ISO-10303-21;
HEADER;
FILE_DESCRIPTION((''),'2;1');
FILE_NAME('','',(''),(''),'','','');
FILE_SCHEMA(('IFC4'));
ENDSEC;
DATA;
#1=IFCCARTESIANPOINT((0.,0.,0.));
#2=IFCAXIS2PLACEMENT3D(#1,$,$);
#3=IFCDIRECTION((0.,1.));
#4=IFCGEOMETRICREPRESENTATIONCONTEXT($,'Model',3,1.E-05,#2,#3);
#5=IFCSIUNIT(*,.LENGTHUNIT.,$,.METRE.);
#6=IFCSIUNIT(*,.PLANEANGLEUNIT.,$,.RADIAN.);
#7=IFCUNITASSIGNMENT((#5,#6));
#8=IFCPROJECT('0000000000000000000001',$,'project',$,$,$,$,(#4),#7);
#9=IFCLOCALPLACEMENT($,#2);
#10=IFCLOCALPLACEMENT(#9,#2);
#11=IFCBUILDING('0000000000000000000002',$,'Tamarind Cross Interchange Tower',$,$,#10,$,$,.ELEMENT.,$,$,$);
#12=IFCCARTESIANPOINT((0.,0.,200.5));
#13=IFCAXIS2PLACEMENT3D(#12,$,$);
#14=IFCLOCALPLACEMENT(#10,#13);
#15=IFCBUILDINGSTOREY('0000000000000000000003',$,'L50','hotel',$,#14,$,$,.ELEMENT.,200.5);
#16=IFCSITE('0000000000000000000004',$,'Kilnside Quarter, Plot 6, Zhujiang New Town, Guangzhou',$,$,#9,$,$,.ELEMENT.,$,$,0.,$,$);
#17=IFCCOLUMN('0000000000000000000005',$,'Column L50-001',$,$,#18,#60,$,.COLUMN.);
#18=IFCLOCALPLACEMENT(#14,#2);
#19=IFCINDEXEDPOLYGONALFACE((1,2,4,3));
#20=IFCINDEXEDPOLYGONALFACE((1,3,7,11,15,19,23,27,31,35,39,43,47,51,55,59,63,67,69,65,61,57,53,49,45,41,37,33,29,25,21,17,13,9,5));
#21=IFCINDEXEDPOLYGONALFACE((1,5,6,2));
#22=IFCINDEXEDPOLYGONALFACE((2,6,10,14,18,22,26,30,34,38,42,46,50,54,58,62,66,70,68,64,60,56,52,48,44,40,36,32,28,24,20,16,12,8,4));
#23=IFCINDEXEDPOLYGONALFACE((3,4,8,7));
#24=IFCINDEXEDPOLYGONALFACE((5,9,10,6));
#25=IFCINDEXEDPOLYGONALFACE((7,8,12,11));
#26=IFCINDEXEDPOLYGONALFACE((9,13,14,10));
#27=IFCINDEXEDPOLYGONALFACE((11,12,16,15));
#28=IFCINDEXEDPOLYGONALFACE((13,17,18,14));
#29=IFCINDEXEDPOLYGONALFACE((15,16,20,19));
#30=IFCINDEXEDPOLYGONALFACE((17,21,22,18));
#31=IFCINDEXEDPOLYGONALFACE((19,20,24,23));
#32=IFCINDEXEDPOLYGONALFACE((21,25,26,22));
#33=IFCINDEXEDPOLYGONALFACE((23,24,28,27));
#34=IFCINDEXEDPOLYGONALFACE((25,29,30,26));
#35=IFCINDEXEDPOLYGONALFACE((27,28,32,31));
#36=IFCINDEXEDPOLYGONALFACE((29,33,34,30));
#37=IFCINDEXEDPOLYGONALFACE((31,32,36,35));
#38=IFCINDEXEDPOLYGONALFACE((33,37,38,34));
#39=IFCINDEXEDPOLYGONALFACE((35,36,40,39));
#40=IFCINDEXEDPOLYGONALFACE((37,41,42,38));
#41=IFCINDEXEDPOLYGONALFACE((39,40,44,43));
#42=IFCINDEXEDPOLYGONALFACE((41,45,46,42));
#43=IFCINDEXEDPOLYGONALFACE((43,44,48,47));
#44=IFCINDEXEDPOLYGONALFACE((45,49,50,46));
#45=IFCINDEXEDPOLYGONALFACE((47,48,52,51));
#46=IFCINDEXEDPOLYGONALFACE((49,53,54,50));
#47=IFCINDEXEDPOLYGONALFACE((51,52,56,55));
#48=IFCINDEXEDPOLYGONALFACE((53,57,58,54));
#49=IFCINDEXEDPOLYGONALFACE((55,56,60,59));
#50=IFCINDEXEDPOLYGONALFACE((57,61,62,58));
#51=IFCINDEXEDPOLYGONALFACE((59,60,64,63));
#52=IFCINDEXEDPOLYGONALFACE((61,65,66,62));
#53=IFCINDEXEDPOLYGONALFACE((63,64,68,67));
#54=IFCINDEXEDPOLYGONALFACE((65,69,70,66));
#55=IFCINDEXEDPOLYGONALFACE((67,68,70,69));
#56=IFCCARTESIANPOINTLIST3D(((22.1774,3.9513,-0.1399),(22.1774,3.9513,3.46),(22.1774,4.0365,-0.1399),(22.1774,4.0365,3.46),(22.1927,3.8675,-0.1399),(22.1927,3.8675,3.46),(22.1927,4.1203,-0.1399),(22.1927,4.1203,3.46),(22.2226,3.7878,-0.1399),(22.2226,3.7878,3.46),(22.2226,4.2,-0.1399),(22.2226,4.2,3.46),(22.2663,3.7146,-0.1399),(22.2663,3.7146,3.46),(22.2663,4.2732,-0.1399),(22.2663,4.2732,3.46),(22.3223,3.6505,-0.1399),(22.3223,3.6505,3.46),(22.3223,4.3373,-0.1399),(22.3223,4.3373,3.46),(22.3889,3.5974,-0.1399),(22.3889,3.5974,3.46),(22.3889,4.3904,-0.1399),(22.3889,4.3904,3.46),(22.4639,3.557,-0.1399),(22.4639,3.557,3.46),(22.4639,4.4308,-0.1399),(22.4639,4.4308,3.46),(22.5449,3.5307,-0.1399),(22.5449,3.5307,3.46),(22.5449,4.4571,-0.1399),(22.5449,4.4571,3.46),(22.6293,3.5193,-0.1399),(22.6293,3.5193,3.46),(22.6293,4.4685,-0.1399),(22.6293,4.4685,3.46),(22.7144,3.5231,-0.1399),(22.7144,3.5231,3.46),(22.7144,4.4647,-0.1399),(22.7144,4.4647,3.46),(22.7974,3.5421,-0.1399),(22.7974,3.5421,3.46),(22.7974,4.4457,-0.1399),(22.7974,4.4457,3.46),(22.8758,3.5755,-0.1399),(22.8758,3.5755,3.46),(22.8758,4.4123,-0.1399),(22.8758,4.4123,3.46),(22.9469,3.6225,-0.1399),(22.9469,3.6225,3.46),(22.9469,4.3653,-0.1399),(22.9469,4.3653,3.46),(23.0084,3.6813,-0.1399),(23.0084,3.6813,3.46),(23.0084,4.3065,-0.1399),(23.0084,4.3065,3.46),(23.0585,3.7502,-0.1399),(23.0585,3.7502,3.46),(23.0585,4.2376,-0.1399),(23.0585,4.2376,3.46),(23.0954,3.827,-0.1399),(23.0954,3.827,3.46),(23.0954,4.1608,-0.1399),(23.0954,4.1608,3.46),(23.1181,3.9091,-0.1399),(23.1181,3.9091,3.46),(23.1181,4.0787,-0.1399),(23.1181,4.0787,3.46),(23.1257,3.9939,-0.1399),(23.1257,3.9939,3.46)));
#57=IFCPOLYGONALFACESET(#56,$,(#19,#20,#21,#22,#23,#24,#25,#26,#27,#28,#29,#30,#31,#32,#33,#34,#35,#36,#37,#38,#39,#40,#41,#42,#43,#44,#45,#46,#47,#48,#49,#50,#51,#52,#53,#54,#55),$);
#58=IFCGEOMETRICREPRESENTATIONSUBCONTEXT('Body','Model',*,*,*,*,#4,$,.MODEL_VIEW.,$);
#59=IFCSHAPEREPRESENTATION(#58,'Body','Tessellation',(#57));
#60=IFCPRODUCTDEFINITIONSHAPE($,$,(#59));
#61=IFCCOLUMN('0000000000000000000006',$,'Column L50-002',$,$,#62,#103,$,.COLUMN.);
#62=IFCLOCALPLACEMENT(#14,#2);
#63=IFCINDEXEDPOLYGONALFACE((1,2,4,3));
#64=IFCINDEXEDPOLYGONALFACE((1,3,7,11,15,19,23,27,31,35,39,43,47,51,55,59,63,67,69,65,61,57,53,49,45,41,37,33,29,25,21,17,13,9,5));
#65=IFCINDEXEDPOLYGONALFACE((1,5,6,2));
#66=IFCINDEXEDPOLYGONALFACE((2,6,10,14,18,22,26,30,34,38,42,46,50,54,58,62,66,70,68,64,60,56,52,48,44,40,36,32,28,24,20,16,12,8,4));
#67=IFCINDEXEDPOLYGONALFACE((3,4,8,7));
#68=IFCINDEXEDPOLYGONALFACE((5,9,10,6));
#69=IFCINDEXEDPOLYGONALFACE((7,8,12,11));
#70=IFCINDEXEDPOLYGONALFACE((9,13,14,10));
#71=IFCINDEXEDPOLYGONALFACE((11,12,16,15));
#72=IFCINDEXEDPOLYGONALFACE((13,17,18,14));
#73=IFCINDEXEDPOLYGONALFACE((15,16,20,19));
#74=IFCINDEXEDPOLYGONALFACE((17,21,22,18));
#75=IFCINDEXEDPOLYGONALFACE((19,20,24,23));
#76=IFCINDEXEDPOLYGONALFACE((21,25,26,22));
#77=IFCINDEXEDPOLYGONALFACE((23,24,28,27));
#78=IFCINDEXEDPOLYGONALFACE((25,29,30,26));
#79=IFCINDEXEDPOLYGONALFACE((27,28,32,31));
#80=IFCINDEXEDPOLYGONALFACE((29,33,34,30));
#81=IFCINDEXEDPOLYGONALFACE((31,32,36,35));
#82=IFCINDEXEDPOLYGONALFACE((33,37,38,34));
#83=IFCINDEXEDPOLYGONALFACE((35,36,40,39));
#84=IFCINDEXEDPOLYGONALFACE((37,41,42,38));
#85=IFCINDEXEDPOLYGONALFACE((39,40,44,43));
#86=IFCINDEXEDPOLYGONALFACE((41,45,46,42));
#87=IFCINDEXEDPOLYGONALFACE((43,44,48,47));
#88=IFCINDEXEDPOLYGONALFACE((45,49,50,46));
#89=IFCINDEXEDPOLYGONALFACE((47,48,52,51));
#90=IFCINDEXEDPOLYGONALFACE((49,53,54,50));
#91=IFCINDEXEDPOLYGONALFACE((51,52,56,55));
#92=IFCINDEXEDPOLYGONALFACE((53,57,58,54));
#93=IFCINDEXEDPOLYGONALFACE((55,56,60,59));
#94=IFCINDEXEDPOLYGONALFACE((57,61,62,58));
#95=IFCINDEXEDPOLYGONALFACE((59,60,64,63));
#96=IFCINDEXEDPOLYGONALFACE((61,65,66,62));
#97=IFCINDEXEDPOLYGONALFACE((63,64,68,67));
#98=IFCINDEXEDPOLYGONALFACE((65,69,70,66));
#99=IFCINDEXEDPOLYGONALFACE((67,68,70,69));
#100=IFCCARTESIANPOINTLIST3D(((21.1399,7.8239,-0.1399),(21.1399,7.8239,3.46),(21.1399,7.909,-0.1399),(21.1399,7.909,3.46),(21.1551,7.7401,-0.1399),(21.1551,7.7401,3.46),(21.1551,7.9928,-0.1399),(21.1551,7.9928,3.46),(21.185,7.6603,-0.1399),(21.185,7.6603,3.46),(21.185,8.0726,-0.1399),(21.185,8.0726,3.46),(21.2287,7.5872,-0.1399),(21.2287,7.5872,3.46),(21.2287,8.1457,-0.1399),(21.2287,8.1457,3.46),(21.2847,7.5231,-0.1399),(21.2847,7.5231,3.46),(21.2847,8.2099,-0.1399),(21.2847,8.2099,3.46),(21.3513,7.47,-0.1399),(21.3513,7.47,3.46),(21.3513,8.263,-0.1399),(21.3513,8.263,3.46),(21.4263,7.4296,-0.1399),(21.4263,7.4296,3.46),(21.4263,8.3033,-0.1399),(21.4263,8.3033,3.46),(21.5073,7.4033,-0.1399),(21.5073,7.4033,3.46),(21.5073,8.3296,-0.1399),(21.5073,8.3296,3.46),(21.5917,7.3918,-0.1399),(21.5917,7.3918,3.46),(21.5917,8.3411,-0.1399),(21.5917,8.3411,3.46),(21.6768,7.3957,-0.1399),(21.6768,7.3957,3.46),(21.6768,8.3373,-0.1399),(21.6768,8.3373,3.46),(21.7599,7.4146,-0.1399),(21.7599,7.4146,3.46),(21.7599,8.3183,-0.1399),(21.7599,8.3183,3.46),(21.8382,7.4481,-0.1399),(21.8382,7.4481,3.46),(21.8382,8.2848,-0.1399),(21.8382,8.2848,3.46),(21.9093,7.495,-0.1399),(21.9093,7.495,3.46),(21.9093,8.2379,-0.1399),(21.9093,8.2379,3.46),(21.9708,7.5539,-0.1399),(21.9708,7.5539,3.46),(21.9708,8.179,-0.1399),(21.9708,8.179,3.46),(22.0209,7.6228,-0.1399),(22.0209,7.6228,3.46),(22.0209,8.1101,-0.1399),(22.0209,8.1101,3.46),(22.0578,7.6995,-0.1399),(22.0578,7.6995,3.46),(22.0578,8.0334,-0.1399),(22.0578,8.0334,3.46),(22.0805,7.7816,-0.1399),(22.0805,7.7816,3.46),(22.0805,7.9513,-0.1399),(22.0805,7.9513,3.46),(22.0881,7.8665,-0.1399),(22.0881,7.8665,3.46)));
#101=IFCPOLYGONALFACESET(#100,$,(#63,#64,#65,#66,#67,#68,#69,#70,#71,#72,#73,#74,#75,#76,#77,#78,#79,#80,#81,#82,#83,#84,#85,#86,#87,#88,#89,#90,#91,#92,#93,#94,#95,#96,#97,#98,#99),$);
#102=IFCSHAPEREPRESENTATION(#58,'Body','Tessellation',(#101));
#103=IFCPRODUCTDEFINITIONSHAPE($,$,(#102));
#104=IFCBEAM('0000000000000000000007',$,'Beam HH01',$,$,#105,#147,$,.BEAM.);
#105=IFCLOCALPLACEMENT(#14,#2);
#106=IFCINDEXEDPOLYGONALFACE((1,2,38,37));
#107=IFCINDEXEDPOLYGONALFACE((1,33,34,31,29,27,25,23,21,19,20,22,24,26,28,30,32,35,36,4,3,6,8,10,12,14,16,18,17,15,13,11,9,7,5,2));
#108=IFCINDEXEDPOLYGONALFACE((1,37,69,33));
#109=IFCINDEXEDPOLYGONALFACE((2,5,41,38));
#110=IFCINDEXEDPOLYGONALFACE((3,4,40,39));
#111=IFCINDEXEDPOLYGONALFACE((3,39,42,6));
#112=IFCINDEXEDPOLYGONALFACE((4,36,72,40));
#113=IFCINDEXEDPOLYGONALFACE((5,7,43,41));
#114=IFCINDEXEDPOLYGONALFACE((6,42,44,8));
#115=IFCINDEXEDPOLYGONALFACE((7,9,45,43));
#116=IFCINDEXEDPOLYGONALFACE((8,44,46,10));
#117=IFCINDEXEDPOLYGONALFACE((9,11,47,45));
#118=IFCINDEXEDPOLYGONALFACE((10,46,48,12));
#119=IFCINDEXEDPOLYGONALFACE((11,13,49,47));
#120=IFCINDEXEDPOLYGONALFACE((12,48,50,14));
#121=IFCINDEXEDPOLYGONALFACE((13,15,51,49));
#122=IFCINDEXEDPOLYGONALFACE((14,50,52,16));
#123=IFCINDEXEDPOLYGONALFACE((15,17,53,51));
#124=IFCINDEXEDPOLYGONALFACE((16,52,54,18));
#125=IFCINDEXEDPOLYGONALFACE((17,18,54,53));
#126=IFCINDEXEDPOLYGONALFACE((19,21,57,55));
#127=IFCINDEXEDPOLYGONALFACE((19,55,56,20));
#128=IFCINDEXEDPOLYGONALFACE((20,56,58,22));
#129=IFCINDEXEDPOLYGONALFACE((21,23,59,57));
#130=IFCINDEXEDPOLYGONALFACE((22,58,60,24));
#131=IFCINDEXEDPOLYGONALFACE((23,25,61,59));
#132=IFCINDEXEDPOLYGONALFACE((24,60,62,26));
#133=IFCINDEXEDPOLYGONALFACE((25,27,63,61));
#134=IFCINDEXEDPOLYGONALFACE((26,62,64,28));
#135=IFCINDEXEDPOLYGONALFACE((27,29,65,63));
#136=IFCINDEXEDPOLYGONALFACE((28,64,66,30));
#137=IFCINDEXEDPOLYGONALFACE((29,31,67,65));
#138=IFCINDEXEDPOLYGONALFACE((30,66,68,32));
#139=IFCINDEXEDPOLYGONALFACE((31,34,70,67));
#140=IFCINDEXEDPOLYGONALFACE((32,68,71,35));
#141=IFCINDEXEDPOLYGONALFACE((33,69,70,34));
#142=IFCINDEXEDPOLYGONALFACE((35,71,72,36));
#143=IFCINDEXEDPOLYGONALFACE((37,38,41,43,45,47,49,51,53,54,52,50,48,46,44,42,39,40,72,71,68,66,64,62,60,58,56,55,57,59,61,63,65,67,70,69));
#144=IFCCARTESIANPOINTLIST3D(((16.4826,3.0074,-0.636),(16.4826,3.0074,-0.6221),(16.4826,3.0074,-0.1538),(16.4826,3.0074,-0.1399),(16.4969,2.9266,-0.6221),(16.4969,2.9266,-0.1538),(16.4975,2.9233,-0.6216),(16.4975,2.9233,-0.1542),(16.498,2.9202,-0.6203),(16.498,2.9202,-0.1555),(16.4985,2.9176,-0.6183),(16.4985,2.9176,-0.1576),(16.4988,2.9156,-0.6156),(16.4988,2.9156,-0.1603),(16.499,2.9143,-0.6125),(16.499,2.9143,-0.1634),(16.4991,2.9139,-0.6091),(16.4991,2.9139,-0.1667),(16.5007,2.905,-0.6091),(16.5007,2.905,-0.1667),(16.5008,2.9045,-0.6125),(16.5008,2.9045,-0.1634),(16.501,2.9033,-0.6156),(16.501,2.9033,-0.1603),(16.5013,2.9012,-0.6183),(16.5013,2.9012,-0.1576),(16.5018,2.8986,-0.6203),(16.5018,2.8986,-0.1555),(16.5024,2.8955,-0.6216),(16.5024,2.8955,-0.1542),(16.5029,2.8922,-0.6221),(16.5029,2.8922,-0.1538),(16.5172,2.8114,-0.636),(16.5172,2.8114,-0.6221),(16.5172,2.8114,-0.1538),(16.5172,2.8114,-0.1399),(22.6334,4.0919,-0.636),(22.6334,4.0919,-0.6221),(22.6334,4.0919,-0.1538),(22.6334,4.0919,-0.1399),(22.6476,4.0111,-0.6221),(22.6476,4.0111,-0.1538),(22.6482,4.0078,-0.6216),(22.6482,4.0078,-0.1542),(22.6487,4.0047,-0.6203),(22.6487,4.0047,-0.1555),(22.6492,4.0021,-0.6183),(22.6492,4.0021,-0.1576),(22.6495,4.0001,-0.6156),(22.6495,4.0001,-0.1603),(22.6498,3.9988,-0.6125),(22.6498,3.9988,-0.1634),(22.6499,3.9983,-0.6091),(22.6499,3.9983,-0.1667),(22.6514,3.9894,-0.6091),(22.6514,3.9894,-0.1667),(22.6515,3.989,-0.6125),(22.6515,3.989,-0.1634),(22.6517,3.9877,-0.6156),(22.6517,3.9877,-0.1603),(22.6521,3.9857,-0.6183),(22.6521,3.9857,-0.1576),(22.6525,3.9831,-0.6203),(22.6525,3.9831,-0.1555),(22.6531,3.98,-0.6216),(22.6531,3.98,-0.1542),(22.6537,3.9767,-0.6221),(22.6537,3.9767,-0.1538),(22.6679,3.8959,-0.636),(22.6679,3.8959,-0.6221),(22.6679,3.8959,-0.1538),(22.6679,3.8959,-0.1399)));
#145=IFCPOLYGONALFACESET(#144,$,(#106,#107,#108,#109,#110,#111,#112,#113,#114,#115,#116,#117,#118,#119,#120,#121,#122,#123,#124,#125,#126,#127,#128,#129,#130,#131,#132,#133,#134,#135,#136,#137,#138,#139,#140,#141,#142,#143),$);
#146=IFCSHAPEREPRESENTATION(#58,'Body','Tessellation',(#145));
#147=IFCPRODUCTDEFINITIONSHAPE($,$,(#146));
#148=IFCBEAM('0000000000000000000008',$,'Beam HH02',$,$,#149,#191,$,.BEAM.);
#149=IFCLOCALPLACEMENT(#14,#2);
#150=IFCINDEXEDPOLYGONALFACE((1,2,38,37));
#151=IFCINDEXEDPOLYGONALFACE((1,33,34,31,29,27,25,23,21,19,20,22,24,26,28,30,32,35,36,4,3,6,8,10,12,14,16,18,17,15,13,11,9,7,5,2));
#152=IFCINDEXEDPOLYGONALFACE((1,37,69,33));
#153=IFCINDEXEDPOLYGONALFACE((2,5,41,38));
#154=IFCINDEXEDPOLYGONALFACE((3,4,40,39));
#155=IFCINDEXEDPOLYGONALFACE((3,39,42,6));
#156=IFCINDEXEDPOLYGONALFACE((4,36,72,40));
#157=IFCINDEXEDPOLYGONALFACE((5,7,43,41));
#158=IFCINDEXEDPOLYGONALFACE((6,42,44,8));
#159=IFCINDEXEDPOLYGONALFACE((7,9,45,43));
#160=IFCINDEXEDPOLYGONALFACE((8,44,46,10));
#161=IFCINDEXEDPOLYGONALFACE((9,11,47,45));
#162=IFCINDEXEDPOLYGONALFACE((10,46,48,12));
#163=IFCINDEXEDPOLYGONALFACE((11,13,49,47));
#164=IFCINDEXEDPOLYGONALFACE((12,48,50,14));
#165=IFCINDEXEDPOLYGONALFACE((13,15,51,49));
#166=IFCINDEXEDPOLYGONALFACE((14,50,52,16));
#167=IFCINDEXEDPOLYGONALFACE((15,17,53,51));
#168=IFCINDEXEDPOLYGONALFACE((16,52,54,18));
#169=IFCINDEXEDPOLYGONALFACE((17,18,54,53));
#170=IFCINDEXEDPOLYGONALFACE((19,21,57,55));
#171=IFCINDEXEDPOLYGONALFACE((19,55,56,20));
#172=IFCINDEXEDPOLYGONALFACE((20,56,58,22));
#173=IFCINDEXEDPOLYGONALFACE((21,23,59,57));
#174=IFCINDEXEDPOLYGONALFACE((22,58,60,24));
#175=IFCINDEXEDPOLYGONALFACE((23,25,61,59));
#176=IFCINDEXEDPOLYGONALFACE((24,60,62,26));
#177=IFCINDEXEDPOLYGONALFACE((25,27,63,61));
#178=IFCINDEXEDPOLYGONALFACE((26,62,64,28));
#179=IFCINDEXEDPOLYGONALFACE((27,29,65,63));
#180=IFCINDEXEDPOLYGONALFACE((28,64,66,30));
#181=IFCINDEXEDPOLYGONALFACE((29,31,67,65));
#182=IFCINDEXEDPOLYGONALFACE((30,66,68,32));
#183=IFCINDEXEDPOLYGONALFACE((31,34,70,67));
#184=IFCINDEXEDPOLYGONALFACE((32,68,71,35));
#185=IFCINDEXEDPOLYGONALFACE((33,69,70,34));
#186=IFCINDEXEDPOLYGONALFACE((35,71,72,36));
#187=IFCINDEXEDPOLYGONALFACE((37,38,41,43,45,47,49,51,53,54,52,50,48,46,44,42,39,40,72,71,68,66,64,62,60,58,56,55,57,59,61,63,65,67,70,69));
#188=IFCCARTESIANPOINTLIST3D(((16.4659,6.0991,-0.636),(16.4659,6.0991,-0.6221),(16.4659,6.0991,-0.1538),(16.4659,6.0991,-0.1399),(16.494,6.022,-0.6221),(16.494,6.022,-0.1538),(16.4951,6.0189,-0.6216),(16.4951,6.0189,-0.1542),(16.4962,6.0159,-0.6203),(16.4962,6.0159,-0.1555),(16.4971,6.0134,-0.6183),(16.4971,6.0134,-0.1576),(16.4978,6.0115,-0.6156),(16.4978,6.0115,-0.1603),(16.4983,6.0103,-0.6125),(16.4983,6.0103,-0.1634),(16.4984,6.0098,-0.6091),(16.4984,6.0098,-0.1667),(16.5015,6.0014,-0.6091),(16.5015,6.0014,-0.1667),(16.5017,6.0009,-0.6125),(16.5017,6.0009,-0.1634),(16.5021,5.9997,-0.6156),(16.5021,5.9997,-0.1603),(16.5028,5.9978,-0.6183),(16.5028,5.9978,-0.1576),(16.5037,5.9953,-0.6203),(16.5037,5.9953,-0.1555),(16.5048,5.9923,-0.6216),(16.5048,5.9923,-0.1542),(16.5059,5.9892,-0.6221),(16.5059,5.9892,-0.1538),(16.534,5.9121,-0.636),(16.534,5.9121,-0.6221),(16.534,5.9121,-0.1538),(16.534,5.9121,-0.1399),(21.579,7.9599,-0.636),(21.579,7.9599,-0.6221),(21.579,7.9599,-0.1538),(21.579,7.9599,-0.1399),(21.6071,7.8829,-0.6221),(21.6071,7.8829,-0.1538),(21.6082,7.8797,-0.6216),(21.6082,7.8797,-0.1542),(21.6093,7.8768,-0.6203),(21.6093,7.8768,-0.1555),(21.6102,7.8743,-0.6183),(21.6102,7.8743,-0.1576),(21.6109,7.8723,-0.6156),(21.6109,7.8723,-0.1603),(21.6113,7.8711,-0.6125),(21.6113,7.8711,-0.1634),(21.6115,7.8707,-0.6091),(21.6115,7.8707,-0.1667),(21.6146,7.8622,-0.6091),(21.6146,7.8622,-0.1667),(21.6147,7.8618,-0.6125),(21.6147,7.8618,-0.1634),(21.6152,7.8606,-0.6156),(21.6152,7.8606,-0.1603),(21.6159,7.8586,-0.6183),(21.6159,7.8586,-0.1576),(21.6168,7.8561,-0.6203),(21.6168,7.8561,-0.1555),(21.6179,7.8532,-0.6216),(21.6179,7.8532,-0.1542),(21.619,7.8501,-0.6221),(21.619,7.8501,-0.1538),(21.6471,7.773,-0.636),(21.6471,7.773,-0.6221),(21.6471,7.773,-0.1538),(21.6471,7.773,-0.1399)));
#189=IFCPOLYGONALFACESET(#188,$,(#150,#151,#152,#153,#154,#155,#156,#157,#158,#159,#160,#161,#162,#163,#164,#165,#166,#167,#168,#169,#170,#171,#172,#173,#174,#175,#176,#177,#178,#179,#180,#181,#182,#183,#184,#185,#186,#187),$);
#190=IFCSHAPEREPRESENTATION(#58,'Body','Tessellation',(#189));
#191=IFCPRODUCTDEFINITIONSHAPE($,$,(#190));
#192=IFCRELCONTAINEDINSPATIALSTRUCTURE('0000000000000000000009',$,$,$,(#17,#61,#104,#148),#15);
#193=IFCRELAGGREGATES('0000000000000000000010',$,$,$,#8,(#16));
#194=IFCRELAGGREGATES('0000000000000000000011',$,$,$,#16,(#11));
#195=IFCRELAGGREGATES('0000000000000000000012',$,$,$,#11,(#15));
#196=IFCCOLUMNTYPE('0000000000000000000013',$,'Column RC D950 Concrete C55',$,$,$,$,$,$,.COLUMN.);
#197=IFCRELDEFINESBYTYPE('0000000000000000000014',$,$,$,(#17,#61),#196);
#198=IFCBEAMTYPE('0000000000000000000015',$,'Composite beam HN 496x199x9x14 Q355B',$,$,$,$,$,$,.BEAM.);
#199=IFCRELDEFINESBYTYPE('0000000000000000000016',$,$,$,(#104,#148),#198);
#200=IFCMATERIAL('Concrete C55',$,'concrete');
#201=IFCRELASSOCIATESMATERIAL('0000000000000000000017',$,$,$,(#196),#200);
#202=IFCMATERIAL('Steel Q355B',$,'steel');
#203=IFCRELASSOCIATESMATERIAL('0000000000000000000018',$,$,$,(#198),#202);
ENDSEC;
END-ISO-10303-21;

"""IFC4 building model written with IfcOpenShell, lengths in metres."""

from ifc_helpers import new_model, si_unit, direction, frame, origin, origin_2d, place, context, subcontext, project, spatial, circle, i_section, extrude, material, material_profile, profile_set, type_object, element, save


model = new_model("IFC4")

# Units and contexts
model_context = context("Model", 3, precision=1e-05, world=origin(), true_north=direction((0.0, 1.0)))
body_context = subcontext(model_context, "Body", "Model", "MODEL_VIEW")
ifc_project = project(units=[si_unit("LENGTHUNIT", "METRE"), si_unit("PLANEANGLEUNIT", "RADIAN")], contexts=[model_context])

# Site, building, storey
site_placement = place(None, origin())
site = spatial("IfcSite", under=ifc_project, at=site_placement, Name="Kilnside Quarter, Plot 6, Zhujiang New Town, Guangzhou", CompositionType="ELEMENT", RefElevation=0.0)
building_placement = place(site_placement, origin())
building = spatial("IfcBuilding", under=site, at=building_placement, Name="Tamarind Cross Interchange Tower", CompositionType="ELEMENT")
storey_placement = place(building_placement, frame((0.0, 0.0, 200.5)))
storey = spatial("IfcBuildingStorey", under=building, at=storey_placement, Name="L50", Description="hotel", CompositionType="ELEMENT", Elevation=200.5)

# Columns
ifc_material_1 = material(Name="Concrete C55", Category="concrete")
ifc_material_profile_1 = material_profile(ifc_material_1, circle(Radius=0.4751, at=origin_2d()), Name="RC D950")
ifc_profile_set_1 = profile_set([ifc_material_profile_1], Name="Concrete C55")
column_type = type_object("IfcColumnType", Name="Column RC D950 Concrete C55", PredefinedType="COLUMN", material=ifc_profile_set_1)
for number, where, z_axis, x_axis, name in (
    (1, (22.6506, 3.9939, -0.1399), (0.0, 0.0, 1.0), (1.0, 0.0, 0.0), "Column L50-001"),
    (2, (21.613, 7.8665, -0.1399), (0.0, 0.0, 1.0), (1.0, 0.0, 0.0), "Column L50-002"),
):
    element("IfcColumn", number, at=place(storey_placement, frame(where, z_axis=z_axis, x_axis=x_axis)), inside=storey, type_object=column_type, Name=name, PredefinedType="COLUMN", context=body_context, shape_type="SweptSolid", body=[
        extrude(circle(Radius=0.4751, at=origin_2d()), origin(), (0.0, 0.0, 1.0), 3.5999),
    ])

# Beams
ifc_material_2 = material(Name="Steel Q355B", Category="steel")
ifc_material_profile_2 = material_profile(ifc_material_2, i_section(OverallWidth=0.199, OverallDepth=0.4961, WebThickness=0.009, FlangeThickness=0.0139, FilletRadius=0.0129, at=origin_2d()), Name="HN 496x199x9x14")
ifc_profile_set_2 = profile_set([ifc_material_profile_2], Name="Steel Q355B")
beam_type = type_object("IfcBeamType", Name="Composite beam HN 496x199x9x14 Q355B", PredefinedType="BEAM", material=ifc_profile_set_2)
beam_1_placement = place(storey_placement, frame((22.6506, 3.9939, -0.3879), z_axis=(-0.984809, -0.17364, 0.0), x_axis=(0.17364, -0.984809, 0.0)))
element("IfcBeam", 3, at=beam_1_placement, inside=storey, type_object=beam_type, Name="Beam HH01", PredefinedType="BEAM", context=body_context, shape_type="SweptSolid", body=[
    extrude(i_section(OverallWidth=0.199, OverallDepth=0.4961, WebThickness=0.009, FlangeThickness=0.0139, FilletRadius=0.0129, at=origin_2d()), origin(), (0.0, 0.0, 1.0), 6.2456),
])
beam_2_placement = place(storey_placement, frame((21.613, 7.8665, -0.3879), z_axis=(-0.939702, -0.341995, 0.0), x_axis=(0.341995, -0.939702, 0.0)))
element("IfcBeam", 4, at=beam_2_placement, inside=storey, type_object=beam_type, Name="Beam HH02", PredefinedType="BEAM", context=body_context, shape_type="SweptSolid", body=[
    extrude(i_section(OverallWidth=0.199, OverallDepth=0.4961, WebThickness=0.009, FlangeThickness=0.0139, FilletRadius=0.0129, at=origin_2d()), origin(), (0.0, 0.0, 1.0), 5.4412),
])

save(model, "model.ifc")
